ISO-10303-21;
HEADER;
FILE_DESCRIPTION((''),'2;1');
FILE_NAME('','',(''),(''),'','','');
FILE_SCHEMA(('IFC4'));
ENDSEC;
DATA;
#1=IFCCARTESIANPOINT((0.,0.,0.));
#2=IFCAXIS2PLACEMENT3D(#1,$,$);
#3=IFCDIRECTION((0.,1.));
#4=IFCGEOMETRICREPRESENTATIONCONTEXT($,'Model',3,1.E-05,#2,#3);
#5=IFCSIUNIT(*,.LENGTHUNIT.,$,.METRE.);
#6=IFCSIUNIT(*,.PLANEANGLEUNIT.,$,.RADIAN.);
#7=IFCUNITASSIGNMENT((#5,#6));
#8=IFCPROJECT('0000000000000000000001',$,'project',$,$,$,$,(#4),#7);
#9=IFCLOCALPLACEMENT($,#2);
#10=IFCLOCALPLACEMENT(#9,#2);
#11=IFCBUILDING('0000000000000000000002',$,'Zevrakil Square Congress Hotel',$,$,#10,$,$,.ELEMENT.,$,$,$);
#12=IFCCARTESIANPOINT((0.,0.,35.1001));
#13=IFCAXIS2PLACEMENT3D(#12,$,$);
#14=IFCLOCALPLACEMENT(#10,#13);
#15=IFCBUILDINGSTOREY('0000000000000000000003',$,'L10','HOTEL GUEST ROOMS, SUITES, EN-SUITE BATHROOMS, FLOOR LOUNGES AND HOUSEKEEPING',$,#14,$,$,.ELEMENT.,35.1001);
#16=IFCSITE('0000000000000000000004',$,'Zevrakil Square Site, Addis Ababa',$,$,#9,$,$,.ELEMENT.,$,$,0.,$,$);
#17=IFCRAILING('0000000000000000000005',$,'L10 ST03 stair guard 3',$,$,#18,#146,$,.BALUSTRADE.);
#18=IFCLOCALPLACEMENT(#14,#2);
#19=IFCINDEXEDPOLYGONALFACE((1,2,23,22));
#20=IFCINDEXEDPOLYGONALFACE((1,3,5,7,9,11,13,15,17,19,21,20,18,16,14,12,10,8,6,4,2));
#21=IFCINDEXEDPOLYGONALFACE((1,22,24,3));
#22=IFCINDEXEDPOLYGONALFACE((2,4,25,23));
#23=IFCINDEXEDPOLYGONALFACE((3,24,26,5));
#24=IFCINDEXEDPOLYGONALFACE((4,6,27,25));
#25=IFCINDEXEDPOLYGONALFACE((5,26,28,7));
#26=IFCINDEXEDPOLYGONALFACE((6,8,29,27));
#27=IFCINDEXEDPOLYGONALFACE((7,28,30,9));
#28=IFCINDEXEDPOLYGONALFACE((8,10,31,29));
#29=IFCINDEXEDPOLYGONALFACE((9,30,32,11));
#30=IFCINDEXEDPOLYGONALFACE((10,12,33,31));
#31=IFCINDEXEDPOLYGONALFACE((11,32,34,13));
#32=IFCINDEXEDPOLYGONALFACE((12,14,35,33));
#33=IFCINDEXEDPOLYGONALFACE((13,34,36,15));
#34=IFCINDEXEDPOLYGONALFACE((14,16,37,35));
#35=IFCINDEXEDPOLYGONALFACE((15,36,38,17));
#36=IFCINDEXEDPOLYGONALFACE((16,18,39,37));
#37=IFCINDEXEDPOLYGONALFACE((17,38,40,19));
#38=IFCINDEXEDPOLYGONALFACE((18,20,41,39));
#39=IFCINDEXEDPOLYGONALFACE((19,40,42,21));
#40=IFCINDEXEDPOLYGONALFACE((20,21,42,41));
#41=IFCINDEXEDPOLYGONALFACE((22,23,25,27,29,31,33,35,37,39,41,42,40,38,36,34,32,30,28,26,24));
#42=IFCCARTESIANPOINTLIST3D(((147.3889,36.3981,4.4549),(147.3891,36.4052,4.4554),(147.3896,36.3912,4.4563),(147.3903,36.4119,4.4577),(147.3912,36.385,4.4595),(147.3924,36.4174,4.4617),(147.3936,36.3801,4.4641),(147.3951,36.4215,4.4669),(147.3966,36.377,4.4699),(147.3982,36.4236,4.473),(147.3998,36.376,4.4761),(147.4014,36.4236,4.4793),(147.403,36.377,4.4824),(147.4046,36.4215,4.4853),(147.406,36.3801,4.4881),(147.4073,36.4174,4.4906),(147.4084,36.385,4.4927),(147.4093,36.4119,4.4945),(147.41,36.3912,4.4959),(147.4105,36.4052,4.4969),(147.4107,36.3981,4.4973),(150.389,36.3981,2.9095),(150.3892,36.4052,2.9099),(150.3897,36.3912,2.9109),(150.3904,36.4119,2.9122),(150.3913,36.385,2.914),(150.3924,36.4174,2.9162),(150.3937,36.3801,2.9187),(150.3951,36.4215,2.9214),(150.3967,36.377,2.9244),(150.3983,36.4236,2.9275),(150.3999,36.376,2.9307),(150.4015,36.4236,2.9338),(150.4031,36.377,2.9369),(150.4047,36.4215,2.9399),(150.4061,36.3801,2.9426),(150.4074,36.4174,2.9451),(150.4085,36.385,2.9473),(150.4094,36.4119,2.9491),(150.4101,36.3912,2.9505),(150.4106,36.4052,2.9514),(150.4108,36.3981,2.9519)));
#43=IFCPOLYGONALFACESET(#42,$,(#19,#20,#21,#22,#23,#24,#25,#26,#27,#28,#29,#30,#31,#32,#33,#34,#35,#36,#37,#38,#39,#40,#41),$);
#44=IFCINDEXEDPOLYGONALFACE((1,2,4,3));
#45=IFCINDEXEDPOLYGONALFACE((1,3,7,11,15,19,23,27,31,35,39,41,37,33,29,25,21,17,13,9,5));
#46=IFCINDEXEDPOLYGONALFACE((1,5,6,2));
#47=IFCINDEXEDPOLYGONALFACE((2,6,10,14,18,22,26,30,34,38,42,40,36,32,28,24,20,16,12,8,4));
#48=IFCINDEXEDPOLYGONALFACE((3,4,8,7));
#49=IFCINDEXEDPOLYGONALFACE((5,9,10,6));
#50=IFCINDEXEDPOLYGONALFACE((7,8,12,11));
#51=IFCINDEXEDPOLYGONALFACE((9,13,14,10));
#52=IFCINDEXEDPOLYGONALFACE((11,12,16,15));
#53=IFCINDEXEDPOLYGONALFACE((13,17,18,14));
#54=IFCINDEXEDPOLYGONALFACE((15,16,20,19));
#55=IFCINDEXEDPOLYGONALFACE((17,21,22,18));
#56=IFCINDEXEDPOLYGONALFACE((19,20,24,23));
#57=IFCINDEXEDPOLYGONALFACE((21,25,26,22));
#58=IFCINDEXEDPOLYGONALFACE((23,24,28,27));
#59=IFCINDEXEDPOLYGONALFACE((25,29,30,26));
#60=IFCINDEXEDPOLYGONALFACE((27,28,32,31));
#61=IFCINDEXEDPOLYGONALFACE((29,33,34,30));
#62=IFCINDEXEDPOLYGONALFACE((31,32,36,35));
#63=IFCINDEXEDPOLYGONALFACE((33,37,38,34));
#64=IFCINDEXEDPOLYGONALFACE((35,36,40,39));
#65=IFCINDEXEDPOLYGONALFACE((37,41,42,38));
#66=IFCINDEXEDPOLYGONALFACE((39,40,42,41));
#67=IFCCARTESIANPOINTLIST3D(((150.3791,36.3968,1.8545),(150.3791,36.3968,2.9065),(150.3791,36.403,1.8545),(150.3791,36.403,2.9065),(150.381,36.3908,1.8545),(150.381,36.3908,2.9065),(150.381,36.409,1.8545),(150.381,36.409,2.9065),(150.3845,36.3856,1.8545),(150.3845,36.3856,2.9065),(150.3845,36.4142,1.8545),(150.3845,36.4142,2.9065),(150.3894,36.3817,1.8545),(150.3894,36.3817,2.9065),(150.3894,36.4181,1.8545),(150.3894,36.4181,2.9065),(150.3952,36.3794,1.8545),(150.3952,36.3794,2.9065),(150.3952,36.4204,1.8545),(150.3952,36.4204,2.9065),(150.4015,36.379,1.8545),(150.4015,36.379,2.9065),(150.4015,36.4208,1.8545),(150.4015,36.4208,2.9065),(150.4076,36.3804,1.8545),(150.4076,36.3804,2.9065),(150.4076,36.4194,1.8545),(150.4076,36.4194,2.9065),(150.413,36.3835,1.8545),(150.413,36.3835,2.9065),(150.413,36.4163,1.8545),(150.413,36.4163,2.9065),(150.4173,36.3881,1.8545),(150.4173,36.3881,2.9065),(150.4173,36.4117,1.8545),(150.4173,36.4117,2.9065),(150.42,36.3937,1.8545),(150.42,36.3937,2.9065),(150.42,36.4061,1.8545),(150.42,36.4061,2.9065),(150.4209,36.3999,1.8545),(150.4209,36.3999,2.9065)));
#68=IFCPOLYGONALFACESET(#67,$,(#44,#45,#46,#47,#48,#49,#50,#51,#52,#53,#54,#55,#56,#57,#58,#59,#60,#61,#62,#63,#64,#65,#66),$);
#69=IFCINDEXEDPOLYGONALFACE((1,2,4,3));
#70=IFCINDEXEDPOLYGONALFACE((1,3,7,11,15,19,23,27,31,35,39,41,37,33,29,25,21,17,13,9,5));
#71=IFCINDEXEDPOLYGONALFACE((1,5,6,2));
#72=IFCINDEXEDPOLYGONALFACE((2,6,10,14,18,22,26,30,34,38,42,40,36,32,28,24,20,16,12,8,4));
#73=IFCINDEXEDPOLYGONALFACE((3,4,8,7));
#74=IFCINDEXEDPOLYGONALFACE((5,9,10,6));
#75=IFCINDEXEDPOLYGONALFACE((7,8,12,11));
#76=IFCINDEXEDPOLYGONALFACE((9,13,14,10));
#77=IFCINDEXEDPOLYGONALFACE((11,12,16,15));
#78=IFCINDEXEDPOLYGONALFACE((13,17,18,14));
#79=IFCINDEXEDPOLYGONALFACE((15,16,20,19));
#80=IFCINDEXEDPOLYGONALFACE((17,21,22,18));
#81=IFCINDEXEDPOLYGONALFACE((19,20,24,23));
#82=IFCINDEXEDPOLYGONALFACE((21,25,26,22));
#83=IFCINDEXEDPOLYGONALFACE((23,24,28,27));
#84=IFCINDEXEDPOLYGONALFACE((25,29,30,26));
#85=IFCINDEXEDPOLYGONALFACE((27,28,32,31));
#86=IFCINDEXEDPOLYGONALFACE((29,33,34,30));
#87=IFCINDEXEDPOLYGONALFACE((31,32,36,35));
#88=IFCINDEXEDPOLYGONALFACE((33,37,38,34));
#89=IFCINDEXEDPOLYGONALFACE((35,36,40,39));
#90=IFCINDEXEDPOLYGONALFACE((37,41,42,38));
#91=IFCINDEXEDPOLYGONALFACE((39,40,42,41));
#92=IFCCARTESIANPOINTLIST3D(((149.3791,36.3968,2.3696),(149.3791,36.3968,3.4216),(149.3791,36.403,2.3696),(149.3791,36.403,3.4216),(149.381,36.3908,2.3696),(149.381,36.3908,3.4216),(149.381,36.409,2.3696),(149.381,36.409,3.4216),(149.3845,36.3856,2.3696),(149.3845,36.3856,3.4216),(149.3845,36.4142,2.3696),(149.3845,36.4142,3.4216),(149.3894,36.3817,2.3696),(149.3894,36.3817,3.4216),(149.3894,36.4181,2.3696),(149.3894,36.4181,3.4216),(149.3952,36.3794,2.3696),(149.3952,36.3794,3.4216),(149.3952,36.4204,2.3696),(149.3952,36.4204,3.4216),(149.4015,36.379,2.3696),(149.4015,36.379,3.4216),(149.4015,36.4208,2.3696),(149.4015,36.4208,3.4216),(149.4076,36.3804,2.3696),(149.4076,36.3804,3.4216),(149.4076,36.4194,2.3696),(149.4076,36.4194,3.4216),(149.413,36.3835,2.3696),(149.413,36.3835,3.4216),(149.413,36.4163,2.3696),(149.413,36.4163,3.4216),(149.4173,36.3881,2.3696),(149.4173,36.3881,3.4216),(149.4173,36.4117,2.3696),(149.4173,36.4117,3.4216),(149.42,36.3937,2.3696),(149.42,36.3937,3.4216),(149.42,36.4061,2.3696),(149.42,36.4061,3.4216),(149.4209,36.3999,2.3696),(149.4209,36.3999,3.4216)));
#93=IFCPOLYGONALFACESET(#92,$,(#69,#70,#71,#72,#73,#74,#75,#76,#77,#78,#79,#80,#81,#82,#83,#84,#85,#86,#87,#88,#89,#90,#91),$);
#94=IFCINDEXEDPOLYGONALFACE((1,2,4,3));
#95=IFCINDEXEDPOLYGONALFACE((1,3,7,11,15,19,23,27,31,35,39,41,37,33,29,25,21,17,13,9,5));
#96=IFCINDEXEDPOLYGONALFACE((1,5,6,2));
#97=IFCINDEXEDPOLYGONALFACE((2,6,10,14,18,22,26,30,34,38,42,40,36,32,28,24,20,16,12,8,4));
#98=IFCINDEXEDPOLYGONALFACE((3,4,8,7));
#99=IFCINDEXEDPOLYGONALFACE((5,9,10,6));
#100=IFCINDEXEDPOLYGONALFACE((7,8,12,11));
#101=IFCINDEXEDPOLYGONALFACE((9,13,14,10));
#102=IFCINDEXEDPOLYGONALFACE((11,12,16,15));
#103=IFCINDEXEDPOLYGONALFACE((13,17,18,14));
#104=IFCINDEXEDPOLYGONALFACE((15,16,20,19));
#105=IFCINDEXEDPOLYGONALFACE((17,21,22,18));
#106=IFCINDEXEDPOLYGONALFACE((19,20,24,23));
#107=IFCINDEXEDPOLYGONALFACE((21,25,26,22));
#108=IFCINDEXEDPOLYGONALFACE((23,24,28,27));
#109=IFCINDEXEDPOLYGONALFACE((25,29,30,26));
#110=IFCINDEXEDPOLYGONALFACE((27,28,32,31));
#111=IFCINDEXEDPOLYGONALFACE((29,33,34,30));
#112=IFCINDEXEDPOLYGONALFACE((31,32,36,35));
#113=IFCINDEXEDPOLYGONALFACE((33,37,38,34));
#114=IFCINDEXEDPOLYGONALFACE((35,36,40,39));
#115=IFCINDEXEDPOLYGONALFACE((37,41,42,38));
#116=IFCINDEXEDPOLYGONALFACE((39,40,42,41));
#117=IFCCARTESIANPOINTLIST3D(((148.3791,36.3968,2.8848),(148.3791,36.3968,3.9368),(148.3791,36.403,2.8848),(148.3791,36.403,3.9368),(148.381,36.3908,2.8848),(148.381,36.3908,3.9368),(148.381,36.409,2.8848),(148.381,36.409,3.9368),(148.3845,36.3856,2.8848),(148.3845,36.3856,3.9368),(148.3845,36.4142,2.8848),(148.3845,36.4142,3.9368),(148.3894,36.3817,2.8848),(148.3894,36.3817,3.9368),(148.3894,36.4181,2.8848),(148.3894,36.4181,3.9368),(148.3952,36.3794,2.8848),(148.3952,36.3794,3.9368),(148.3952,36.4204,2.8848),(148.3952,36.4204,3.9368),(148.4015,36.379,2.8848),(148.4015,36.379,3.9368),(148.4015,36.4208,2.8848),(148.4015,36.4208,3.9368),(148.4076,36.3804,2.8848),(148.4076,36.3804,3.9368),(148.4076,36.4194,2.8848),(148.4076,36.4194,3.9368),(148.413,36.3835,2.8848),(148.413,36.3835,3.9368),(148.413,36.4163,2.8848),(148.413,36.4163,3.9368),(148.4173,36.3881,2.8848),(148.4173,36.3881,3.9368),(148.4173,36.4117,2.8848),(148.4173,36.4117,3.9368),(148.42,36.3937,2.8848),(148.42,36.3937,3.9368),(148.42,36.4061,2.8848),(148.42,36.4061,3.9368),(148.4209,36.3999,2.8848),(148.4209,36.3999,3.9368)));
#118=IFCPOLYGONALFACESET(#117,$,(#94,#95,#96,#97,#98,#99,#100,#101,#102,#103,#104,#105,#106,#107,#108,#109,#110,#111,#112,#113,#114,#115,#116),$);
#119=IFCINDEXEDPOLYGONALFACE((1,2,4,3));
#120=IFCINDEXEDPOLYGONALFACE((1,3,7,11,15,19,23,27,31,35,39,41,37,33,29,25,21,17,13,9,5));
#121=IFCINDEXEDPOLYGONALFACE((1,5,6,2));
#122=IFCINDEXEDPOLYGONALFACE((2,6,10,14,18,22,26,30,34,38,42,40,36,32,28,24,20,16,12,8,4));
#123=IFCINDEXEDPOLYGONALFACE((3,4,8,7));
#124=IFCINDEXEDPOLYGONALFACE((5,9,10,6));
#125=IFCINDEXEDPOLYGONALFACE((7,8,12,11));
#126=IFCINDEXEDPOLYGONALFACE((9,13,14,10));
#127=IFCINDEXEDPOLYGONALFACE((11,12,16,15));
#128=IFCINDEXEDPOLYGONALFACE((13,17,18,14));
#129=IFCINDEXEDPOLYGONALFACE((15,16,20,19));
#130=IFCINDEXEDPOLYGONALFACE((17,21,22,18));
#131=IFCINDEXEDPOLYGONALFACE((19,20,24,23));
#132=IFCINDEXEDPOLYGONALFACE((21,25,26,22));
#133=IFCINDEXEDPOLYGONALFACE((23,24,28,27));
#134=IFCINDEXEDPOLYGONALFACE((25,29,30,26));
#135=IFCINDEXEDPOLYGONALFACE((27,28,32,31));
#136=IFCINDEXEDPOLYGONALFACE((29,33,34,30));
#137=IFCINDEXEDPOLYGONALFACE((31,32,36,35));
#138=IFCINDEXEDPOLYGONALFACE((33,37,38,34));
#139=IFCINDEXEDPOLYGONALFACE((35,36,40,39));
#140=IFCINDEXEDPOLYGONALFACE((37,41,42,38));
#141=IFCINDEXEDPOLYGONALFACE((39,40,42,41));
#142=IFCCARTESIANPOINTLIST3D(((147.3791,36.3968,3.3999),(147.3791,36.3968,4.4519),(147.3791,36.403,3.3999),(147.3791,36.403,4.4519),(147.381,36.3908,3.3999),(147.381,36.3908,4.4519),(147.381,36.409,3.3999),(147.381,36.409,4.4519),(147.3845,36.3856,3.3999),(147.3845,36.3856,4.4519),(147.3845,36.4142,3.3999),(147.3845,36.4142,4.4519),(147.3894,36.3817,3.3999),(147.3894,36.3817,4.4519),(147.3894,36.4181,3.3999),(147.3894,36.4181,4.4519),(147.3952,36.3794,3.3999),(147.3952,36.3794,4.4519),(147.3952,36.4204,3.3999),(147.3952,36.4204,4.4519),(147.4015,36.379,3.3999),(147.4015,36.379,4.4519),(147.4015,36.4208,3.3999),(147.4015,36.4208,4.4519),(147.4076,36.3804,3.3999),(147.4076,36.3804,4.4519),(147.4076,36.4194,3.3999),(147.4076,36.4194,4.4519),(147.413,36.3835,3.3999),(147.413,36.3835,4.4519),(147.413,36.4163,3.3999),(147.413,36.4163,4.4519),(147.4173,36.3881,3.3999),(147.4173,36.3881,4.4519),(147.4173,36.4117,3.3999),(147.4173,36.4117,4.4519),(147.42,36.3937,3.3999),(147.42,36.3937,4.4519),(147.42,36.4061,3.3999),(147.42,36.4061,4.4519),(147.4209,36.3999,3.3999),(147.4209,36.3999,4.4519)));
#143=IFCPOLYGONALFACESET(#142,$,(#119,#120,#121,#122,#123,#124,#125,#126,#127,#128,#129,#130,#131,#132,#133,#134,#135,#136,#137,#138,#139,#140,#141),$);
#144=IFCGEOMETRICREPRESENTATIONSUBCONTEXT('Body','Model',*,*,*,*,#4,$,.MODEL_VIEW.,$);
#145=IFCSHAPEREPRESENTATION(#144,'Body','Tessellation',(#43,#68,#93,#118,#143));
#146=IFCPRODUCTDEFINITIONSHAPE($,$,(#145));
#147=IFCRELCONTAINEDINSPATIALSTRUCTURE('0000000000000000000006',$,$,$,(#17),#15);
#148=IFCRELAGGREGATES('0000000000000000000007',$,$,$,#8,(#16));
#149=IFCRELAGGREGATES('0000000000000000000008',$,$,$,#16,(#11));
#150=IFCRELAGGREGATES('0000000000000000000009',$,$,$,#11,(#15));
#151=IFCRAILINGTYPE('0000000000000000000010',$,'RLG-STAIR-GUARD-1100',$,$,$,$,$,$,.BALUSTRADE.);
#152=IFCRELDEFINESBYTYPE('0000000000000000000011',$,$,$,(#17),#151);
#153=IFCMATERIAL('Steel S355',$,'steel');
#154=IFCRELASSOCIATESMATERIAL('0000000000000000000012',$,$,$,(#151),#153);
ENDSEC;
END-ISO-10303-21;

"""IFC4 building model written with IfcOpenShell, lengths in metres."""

from ifc_helpers import new_model, si_unit, direction, frame, origin, origin_2d, place, context, subcontext, project, spatial, circle, extrude, material, type_object, element, save


model = new_model("IFC4")

# Units and contexts
model_context = context("Model", 3, precision=1e-05, world=origin(), true_north=direction((0.0, 1.0)))
body_context = subcontext(model_context, "Body", "Model", "MODEL_VIEW")
ifc_project = project(units=[si_unit("LENGTHUNIT", "METRE"), si_unit("PLANEANGLEUNIT", "RADIAN")], contexts=[model_context])

# Site, building, storey
site_placement = place(None, origin())
site = spatial("IfcSite", under=ifc_project, at=site_placement, Name="Zevrakil Square Site, Addis Ababa", CompositionType="ELEMENT", RefElevation=0.0)
building_placement = place(site_placement, origin())
building = spatial("IfcBuilding", under=site, at=building_placement, Name="Zevrakil Square Congress Hotel", CompositionType="ELEMENT")
storey_placement = place(building_placement, frame((0.0, 0.0, 35.1001)))
storey = spatial("IfcBuildingStorey", under=building, at=storey_placement, Name="L10", Description="HOTEL GUEST ROOMS, SUITES, EN-SUITE BATHROOMS, FLOOR LOUNGES AND HOUSEKEEPING", CompositionType="ELEMENT", Elevation=35.1001)

# Railing
ifc_material_1 = material(Name="Steel S355", Category="steel")
railing_type_1 = type_object("IfcRailingType", Name="RLG-STAIR-GUARD-1100", PredefinedType="BALUSTRADE", material=ifc_material_1)
railing_1_placement = place(storey_placement, frame((150.3999, 36.3999, 1.8545)))
element("IfcRailing", 1, at=railing_1_placement, inside=storey, type_object=railing_type_1, Name="L10 ST03 stair guard 3", PredefinedType="BALUSTRADE", context=body_context, shape_type="SweptSolid", body=[
    extrude(circle(Radius=0.0239, at=origin_2d()), frame((0.0, 0.0, 1.0762), z_axis=(-0.88898, 0.0, 0.457946), x_axis=(0.0, -1.0, 0.0)), (0.0, 0.0, 1.0), 3.3748),
    extrude(circle(Radius=0.021, at=origin_2d()), origin(), (0.0, 0.0, 1.0), 1.052),
    extrude(circle(Radius=0.021, at=origin_2d()), frame((-1.0, 0.0, 0.5151)), (0.0, 0.0, 1.0), 1.052),
    extrude(circle(Radius=0.021, at=origin_2d()), frame((-2.0, 0.0, 1.0303)), (0.0, 0.0, 1.0), 1.052),
    extrude(circle(Radius=0.021, at=origin_2d()), frame((-3.0, 0.0, 1.5454)), (0.0, 0.0, 1.0), 1.052),
])

save(model, "model.ifc")
